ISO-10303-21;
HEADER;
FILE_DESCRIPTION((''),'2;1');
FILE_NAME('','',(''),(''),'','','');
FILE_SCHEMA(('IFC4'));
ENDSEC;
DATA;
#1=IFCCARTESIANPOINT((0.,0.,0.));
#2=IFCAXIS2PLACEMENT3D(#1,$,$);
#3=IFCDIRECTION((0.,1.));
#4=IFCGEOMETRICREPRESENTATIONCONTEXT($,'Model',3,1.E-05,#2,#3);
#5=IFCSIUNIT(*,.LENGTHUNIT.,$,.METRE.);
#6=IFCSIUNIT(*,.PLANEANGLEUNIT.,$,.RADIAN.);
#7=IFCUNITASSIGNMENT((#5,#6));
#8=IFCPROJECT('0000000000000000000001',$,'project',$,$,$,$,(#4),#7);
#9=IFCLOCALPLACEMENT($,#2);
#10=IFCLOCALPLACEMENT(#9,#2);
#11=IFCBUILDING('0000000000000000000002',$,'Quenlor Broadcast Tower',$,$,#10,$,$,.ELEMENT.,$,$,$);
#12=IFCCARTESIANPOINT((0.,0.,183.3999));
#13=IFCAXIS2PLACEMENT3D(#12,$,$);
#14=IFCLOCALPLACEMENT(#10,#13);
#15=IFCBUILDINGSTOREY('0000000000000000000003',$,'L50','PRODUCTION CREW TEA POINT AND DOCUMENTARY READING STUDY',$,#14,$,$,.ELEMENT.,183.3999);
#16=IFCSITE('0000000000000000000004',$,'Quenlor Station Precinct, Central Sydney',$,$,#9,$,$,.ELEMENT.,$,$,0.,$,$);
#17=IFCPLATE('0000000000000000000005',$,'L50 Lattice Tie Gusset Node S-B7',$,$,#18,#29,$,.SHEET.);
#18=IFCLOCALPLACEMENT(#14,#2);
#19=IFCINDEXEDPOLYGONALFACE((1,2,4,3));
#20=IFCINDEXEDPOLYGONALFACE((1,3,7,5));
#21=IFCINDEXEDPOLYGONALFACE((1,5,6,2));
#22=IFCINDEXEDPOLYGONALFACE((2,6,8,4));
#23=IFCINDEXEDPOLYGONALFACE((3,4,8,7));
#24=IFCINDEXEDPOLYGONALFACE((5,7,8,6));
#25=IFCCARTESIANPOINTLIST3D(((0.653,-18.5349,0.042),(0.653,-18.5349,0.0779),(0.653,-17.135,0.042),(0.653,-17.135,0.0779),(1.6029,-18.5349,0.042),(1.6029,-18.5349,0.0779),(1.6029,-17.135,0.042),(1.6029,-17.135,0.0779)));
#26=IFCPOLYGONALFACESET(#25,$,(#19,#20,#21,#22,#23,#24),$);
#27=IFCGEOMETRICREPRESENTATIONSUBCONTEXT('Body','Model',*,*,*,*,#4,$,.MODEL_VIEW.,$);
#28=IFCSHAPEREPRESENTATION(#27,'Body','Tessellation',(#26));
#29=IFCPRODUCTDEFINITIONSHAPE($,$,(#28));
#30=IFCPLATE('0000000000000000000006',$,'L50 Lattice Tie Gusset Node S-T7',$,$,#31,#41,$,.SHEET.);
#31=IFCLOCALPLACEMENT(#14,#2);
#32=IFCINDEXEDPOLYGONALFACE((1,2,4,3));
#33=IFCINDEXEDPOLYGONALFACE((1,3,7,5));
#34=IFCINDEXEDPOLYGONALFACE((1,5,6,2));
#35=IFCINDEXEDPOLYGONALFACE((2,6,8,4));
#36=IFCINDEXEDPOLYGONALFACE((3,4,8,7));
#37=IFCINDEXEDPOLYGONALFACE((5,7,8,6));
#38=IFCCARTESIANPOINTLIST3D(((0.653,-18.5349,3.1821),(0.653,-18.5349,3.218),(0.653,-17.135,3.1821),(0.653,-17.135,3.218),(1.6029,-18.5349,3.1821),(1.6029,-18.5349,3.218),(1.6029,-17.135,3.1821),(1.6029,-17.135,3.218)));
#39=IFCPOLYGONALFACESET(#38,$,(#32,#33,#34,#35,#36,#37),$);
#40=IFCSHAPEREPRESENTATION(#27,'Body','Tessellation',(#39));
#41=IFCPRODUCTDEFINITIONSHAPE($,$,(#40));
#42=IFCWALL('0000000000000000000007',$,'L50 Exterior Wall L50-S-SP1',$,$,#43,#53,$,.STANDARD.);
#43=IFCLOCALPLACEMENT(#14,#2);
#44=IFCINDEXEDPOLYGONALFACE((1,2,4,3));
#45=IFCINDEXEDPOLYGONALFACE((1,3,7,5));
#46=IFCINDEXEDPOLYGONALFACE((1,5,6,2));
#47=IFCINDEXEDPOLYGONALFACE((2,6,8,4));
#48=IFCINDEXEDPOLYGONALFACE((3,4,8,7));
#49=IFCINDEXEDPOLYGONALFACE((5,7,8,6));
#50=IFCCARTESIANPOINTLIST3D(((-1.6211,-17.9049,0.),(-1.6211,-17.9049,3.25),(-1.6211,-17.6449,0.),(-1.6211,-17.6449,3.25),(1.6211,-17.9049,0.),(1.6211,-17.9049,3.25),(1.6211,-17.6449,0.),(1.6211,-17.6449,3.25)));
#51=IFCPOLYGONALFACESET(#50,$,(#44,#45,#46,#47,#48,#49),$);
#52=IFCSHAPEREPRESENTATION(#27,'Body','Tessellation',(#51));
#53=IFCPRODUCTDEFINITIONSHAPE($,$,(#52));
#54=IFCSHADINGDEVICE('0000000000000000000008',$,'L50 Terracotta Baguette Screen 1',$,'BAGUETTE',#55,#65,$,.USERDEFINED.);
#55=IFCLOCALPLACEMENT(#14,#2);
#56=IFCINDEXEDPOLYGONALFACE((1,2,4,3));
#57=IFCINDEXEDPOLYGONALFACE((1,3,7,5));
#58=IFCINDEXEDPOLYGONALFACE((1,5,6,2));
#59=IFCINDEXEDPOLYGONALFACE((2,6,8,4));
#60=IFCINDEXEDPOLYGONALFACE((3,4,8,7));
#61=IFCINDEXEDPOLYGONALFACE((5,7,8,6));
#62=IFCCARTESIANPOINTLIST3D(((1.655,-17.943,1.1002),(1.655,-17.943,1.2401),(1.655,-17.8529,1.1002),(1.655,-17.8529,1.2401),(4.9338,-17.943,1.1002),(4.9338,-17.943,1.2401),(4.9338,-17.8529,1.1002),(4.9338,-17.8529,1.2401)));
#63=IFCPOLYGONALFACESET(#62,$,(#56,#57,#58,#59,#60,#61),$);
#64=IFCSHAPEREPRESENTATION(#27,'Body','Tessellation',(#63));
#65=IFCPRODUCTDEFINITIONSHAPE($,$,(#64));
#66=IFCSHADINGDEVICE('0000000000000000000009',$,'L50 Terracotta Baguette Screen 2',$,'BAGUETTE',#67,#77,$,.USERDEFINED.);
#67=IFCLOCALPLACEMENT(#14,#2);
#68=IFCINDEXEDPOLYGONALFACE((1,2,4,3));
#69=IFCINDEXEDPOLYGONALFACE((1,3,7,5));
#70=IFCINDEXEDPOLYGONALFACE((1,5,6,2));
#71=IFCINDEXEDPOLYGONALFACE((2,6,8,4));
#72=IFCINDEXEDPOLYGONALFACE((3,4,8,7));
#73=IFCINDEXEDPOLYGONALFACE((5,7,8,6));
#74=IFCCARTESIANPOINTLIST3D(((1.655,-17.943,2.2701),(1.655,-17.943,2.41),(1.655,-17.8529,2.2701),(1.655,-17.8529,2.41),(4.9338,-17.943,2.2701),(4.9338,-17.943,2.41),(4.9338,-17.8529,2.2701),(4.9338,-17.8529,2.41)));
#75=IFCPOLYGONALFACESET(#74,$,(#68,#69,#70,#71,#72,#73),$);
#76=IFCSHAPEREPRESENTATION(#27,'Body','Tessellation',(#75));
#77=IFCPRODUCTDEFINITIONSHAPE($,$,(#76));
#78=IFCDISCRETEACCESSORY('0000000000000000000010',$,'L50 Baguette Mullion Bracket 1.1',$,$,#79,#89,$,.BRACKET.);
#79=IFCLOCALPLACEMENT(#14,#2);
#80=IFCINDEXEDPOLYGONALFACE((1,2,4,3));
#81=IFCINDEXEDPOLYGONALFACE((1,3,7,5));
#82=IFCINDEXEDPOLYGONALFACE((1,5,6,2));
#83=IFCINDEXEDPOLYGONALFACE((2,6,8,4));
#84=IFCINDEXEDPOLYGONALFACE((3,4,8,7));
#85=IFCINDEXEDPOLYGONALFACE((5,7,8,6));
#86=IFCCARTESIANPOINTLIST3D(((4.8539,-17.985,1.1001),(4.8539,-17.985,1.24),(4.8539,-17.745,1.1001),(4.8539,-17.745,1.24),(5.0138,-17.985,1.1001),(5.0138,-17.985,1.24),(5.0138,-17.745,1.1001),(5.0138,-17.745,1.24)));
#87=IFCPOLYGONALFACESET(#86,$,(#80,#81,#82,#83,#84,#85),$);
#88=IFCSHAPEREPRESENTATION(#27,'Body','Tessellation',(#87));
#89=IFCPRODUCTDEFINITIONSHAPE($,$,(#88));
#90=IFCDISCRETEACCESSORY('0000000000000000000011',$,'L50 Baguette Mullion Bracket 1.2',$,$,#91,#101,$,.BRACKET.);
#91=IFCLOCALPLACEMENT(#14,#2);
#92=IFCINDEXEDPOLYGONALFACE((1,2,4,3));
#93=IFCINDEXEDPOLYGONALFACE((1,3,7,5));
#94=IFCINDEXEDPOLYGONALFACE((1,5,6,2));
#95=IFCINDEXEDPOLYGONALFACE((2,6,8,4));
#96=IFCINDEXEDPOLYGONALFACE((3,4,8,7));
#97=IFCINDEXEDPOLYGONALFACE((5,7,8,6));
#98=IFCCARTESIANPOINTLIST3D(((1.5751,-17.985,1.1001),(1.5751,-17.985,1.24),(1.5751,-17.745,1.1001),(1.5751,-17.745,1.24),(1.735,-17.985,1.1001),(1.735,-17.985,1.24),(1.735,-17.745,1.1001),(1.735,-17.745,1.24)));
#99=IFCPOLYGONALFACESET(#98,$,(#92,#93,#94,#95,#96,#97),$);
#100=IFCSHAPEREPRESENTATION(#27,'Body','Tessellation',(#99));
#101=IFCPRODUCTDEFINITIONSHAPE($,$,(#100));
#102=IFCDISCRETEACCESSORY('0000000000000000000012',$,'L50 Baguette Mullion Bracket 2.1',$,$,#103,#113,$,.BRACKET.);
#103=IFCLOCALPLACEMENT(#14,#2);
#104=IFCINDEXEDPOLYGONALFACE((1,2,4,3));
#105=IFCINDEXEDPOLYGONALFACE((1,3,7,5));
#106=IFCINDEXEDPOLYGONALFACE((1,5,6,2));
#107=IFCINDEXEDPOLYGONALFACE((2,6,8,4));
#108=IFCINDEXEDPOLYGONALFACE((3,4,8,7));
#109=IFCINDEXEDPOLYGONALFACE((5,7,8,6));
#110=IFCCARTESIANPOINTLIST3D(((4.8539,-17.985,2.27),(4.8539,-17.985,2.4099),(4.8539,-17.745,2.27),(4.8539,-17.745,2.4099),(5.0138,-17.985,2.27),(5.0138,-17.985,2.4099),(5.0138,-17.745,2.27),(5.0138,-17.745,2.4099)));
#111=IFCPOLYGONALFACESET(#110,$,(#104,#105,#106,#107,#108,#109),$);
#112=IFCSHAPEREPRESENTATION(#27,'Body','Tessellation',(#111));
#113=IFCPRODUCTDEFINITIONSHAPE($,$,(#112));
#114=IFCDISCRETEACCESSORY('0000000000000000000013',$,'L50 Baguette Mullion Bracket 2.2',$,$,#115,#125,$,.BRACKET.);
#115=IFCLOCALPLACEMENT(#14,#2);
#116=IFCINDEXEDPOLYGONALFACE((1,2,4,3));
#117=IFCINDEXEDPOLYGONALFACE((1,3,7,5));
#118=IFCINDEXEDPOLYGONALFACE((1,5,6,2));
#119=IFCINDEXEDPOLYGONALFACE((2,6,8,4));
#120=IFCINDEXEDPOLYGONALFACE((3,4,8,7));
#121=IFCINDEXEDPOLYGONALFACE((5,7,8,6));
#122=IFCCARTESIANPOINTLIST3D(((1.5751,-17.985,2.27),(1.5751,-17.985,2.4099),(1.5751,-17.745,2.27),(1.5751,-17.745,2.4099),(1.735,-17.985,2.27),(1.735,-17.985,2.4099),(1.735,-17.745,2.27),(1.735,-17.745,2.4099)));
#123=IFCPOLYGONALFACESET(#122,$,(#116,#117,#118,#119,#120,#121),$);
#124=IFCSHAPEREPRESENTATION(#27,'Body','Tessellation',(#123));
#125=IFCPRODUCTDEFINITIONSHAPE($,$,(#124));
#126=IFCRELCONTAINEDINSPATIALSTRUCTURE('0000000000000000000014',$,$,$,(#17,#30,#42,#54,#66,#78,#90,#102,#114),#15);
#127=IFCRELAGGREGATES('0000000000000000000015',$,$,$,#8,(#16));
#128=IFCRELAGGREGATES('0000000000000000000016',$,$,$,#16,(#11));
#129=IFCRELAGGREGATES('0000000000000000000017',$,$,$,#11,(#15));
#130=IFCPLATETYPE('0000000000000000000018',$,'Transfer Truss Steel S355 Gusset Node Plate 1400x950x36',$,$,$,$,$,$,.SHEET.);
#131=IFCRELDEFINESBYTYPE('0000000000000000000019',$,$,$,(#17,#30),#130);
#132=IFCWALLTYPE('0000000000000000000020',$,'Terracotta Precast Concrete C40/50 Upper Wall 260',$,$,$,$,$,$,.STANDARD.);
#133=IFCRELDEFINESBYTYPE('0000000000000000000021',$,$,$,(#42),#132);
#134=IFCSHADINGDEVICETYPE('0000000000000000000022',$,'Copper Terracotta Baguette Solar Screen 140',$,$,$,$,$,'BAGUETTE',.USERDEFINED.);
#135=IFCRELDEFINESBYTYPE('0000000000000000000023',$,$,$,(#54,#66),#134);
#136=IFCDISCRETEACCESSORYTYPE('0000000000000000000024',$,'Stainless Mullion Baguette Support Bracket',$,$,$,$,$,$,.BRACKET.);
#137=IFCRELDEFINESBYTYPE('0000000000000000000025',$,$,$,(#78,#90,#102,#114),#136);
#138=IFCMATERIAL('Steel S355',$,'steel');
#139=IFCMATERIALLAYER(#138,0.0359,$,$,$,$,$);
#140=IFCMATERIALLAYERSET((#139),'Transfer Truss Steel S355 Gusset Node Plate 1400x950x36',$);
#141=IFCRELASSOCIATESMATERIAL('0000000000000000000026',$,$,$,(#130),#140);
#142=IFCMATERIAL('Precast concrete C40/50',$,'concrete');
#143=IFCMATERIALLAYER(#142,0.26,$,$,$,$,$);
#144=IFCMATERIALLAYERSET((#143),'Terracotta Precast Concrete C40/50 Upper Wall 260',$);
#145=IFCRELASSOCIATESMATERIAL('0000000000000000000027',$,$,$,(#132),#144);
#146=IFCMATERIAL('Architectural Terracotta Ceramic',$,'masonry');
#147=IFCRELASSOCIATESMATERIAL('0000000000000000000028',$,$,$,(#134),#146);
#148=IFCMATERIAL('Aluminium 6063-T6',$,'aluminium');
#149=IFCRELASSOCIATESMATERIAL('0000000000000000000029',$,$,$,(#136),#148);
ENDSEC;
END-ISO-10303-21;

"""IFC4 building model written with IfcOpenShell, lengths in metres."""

from ifc_helpers import new_model, si_unit, direction, frame, frame_2d, origin, origin_2d, place, context, subcontext, project, spatial, rectangle, extrude, material, layer, layer_set, material_profile, profile_set, type_object, element, save


model = new_model("IFC4")

# Units and contexts
model_context = context("Model", 3, precision=1e-05, world=origin(), true_north=direction((0.0, 1.0)))
body_context = subcontext(model_context, "Body", "Model", "MODEL_VIEW")
ifc_project = project(units=[si_unit("LENGTHUNIT", "METRE"), si_unit("PLANEANGLEUNIT", "RADIAN")], contexts=[model_context])

# Site, building, storey
site_placement = place(None, origin())
site = spatial("IfcSite", under=ifc_project, at=site_placement, Name="Quenlor Station Precinct, Central Sydney", CompositionType="ELEMENT", RefElevation=0.0)
building_placement = place(site_placement, origin())
building = spatial("IfcBuilding", under=site, at=building_placement, Name="Quenlor Broadcast Tower", CompositionType="ELEMENT")
storey_placement = place(building_placement, frame((0.0, 0.0, 183.3999)))
storey = spatial("IfcBuildingStorey", under=building, at=storey_placement, Name="L50", Description="PRODUCTION CREW TEA POINT AND DOCUMENTARY READING STUDY", CompositionType="ELEMENT", Elevation=183.3999)

# Plates
ifc_material_1 = material(Name="Steel S355", Category="steel")
ifc_layer_1 = layer(ifc_material_1, 0.0359)
ifc_layer_set_1 = layer_set([ifc_layer_1], Name="Transfer Truss Steel S355 Gusset Node Plate 1400x950x36")
plate_type_1 = type_object("IfcPlateType", Name="Transfer Truss Steel S355 Gusset Node Plate 1400x950x36", PredefinedType="SHEET", material=ifc_layer_set_1)
for number, where, z_axis, x_axis, name in (
    (1, (1.1279, -17.835, 0.042), (0.0, 0.0, 1.0), (0.0, -1.0, 0.0), "L50 Lattice Tie Gusset Node S-B7"),
    (2, (1.1279, -17.835, 3.1821), (0.0, 0.0, 1.0), (0.0, -1.0, 0.0), "L50 Lattice Tie Gusset Node S-T7"),
):
    element("IfcPlate", number, at=place(storey_placement, frame(where, z_axis=z_axis, x_axis=x_axis)), inside=storey, type_object=plate_type_1, Name=name, PredefinedType="SHEET", context=body_context, shape_type="SweptSolid", body=[
        extrude(rectangle(XDim=1.3999, YDim=0.95, at=origin_2d()), origin(), (0.0, 0.0, 1.0), 0.0359),
    ])

# Wall
ifc_material_2 = material(Name="Precast concrete C40/50", Category="concrete")
ifc_layer_2 = layer(ifc_material_2, 0.26)
ifc_layer_set_2 = layer_set([ifc_layer_2], Name="Terracotta Precast Concrete C40/50 Upper Wall 260")
wall_type = type_object("IfcWallType", Name="Terracotta Precast Concrete C40/50 Upper Wall 260", PredefinedType="STANDARD", material=ifc_layer_set_2)
wall_placement = place(storey_placement, frame((1.6211, -17.7749, 0.0), z_axis=(0.0, 0.0, 1.0), x_axis=(-1.0, 0.0, 0.0)))
element("IfcWall", 3, at=wall_placement, inside=storey, type_object=wall_type, Name="L50 Exterior Wall L50-S-SP1", PredefinedType="STANDARD", context=body_context, shape_type="SweptSolid", body=[
    extrude(rectangle(XDim=3.2422, YDim=0.26, at=frame_2d((1.6211, 0.0))), origin(), (0.0, 0.0, 1.0), 3.25),
])

# Shading devices
ifc_material_3 = material(Name="Architectural Terracotta Ceramic", Category="masonry")
ifc_material_profile_1 = material_profile(ifc_material_3, rectangle(XDim=0.0901, YDim=0.1399, at=origin_2d()))
ifc_profile_set_1 = profile_set([ifc_material_profile_1], Name="Architectural Terracotta Ceramic BAG90x140")
shading_device_type = type_object("IfcShadingDeviceType", Name="Copper Terracotta Baguette Solar Screen 140", ElementType="BAGUETTE", PredefinedType="USERDEFINED", material=ifc_profile_set_1)
for number, where, z_axis, x_axis, name in (
    (4, (4.9338, -17.8979, 1.1702), (-1.0, 0.0, 0.0), (0.0, -1.0, 0.0), "L50 Terracotta Baguette Screen 1"),
    (5, (4.9338, -17.8979, 2.3401), (-1.0, 0.0, 0.0), (0.0, -1.0, 0.0), "L50 Terracotta Baguette Screen 2"),
):
    element("IfcShadingDevice", number, at=place(storey_placement, frame(where, z_axis=z_axis, x_axis=x_axis)), inside=storey, type_object=shading_device_type, Name=name, ObjectType="BAGUETTE", PredefinedType="USERDEFINED", context=body_context, shape_type="SweptSolid", body=[
        extrude(rectangle(XDim=0.0901, YDim=0.1399, at=origin_2d()), origin(), (0.0, 0.0, 1.0), 3.2788),
    ])

# Discrete accessories
ifc_material_4 = material(Name="Aluminium 6063-T6", Category="aluminium")
discrete_accessory_type = type_object("IfcDiscreteAccessoryType", Name="Stainless Mullion Baguette Support Bracket", PredefinedType="BRACKET", material=ifc_material_4)
for number, where, z_axis, x_axis, name in (
    (6, (4.9338, -17.865, 1.1001), (0.0, 0.0, 1.0), (-1.0, 0.0, 0.0), "L50 Baguette Mullion Bracket 1.1"),
    (7, (1.655, -17.865, 1.1001), (0.0, 0.0, 1.0), (-1.0, 0.0, 0.0), "L50 Baguette Mullion Bracket 1.2"),
    (8, (4.9338, -17.865, 2.27), (0.0, 0.0, 1.0), (-1.0, 0.0, 0.0), "L50 Baguette Mullion Bracket 2.1"),
    (9, (1.655, -17.865, 2.27), (0.0, 0.0, 1.0), (-1.0, 0.0, 0.0), "L50 Baguette Mullion Bracket 2.2"),
):
    element("IfcDiscreteAccessory", number, at=place(storey_placement, frame(where, z_axis=z_axis, x_axis=x_axis)), inside=storey, type_object=discrete_accessory_type, Name=name, PredefinedType="BRACKET", context=body_context, shape_type="SweptSolid", body=[
        extrude(rectangle(XDim=0.1599, YDim=0.24, at=origin_2d()), origin(), (0.0, 0.0, 1.0), 0.1399),
    ])

save(model, "model.ifc")
